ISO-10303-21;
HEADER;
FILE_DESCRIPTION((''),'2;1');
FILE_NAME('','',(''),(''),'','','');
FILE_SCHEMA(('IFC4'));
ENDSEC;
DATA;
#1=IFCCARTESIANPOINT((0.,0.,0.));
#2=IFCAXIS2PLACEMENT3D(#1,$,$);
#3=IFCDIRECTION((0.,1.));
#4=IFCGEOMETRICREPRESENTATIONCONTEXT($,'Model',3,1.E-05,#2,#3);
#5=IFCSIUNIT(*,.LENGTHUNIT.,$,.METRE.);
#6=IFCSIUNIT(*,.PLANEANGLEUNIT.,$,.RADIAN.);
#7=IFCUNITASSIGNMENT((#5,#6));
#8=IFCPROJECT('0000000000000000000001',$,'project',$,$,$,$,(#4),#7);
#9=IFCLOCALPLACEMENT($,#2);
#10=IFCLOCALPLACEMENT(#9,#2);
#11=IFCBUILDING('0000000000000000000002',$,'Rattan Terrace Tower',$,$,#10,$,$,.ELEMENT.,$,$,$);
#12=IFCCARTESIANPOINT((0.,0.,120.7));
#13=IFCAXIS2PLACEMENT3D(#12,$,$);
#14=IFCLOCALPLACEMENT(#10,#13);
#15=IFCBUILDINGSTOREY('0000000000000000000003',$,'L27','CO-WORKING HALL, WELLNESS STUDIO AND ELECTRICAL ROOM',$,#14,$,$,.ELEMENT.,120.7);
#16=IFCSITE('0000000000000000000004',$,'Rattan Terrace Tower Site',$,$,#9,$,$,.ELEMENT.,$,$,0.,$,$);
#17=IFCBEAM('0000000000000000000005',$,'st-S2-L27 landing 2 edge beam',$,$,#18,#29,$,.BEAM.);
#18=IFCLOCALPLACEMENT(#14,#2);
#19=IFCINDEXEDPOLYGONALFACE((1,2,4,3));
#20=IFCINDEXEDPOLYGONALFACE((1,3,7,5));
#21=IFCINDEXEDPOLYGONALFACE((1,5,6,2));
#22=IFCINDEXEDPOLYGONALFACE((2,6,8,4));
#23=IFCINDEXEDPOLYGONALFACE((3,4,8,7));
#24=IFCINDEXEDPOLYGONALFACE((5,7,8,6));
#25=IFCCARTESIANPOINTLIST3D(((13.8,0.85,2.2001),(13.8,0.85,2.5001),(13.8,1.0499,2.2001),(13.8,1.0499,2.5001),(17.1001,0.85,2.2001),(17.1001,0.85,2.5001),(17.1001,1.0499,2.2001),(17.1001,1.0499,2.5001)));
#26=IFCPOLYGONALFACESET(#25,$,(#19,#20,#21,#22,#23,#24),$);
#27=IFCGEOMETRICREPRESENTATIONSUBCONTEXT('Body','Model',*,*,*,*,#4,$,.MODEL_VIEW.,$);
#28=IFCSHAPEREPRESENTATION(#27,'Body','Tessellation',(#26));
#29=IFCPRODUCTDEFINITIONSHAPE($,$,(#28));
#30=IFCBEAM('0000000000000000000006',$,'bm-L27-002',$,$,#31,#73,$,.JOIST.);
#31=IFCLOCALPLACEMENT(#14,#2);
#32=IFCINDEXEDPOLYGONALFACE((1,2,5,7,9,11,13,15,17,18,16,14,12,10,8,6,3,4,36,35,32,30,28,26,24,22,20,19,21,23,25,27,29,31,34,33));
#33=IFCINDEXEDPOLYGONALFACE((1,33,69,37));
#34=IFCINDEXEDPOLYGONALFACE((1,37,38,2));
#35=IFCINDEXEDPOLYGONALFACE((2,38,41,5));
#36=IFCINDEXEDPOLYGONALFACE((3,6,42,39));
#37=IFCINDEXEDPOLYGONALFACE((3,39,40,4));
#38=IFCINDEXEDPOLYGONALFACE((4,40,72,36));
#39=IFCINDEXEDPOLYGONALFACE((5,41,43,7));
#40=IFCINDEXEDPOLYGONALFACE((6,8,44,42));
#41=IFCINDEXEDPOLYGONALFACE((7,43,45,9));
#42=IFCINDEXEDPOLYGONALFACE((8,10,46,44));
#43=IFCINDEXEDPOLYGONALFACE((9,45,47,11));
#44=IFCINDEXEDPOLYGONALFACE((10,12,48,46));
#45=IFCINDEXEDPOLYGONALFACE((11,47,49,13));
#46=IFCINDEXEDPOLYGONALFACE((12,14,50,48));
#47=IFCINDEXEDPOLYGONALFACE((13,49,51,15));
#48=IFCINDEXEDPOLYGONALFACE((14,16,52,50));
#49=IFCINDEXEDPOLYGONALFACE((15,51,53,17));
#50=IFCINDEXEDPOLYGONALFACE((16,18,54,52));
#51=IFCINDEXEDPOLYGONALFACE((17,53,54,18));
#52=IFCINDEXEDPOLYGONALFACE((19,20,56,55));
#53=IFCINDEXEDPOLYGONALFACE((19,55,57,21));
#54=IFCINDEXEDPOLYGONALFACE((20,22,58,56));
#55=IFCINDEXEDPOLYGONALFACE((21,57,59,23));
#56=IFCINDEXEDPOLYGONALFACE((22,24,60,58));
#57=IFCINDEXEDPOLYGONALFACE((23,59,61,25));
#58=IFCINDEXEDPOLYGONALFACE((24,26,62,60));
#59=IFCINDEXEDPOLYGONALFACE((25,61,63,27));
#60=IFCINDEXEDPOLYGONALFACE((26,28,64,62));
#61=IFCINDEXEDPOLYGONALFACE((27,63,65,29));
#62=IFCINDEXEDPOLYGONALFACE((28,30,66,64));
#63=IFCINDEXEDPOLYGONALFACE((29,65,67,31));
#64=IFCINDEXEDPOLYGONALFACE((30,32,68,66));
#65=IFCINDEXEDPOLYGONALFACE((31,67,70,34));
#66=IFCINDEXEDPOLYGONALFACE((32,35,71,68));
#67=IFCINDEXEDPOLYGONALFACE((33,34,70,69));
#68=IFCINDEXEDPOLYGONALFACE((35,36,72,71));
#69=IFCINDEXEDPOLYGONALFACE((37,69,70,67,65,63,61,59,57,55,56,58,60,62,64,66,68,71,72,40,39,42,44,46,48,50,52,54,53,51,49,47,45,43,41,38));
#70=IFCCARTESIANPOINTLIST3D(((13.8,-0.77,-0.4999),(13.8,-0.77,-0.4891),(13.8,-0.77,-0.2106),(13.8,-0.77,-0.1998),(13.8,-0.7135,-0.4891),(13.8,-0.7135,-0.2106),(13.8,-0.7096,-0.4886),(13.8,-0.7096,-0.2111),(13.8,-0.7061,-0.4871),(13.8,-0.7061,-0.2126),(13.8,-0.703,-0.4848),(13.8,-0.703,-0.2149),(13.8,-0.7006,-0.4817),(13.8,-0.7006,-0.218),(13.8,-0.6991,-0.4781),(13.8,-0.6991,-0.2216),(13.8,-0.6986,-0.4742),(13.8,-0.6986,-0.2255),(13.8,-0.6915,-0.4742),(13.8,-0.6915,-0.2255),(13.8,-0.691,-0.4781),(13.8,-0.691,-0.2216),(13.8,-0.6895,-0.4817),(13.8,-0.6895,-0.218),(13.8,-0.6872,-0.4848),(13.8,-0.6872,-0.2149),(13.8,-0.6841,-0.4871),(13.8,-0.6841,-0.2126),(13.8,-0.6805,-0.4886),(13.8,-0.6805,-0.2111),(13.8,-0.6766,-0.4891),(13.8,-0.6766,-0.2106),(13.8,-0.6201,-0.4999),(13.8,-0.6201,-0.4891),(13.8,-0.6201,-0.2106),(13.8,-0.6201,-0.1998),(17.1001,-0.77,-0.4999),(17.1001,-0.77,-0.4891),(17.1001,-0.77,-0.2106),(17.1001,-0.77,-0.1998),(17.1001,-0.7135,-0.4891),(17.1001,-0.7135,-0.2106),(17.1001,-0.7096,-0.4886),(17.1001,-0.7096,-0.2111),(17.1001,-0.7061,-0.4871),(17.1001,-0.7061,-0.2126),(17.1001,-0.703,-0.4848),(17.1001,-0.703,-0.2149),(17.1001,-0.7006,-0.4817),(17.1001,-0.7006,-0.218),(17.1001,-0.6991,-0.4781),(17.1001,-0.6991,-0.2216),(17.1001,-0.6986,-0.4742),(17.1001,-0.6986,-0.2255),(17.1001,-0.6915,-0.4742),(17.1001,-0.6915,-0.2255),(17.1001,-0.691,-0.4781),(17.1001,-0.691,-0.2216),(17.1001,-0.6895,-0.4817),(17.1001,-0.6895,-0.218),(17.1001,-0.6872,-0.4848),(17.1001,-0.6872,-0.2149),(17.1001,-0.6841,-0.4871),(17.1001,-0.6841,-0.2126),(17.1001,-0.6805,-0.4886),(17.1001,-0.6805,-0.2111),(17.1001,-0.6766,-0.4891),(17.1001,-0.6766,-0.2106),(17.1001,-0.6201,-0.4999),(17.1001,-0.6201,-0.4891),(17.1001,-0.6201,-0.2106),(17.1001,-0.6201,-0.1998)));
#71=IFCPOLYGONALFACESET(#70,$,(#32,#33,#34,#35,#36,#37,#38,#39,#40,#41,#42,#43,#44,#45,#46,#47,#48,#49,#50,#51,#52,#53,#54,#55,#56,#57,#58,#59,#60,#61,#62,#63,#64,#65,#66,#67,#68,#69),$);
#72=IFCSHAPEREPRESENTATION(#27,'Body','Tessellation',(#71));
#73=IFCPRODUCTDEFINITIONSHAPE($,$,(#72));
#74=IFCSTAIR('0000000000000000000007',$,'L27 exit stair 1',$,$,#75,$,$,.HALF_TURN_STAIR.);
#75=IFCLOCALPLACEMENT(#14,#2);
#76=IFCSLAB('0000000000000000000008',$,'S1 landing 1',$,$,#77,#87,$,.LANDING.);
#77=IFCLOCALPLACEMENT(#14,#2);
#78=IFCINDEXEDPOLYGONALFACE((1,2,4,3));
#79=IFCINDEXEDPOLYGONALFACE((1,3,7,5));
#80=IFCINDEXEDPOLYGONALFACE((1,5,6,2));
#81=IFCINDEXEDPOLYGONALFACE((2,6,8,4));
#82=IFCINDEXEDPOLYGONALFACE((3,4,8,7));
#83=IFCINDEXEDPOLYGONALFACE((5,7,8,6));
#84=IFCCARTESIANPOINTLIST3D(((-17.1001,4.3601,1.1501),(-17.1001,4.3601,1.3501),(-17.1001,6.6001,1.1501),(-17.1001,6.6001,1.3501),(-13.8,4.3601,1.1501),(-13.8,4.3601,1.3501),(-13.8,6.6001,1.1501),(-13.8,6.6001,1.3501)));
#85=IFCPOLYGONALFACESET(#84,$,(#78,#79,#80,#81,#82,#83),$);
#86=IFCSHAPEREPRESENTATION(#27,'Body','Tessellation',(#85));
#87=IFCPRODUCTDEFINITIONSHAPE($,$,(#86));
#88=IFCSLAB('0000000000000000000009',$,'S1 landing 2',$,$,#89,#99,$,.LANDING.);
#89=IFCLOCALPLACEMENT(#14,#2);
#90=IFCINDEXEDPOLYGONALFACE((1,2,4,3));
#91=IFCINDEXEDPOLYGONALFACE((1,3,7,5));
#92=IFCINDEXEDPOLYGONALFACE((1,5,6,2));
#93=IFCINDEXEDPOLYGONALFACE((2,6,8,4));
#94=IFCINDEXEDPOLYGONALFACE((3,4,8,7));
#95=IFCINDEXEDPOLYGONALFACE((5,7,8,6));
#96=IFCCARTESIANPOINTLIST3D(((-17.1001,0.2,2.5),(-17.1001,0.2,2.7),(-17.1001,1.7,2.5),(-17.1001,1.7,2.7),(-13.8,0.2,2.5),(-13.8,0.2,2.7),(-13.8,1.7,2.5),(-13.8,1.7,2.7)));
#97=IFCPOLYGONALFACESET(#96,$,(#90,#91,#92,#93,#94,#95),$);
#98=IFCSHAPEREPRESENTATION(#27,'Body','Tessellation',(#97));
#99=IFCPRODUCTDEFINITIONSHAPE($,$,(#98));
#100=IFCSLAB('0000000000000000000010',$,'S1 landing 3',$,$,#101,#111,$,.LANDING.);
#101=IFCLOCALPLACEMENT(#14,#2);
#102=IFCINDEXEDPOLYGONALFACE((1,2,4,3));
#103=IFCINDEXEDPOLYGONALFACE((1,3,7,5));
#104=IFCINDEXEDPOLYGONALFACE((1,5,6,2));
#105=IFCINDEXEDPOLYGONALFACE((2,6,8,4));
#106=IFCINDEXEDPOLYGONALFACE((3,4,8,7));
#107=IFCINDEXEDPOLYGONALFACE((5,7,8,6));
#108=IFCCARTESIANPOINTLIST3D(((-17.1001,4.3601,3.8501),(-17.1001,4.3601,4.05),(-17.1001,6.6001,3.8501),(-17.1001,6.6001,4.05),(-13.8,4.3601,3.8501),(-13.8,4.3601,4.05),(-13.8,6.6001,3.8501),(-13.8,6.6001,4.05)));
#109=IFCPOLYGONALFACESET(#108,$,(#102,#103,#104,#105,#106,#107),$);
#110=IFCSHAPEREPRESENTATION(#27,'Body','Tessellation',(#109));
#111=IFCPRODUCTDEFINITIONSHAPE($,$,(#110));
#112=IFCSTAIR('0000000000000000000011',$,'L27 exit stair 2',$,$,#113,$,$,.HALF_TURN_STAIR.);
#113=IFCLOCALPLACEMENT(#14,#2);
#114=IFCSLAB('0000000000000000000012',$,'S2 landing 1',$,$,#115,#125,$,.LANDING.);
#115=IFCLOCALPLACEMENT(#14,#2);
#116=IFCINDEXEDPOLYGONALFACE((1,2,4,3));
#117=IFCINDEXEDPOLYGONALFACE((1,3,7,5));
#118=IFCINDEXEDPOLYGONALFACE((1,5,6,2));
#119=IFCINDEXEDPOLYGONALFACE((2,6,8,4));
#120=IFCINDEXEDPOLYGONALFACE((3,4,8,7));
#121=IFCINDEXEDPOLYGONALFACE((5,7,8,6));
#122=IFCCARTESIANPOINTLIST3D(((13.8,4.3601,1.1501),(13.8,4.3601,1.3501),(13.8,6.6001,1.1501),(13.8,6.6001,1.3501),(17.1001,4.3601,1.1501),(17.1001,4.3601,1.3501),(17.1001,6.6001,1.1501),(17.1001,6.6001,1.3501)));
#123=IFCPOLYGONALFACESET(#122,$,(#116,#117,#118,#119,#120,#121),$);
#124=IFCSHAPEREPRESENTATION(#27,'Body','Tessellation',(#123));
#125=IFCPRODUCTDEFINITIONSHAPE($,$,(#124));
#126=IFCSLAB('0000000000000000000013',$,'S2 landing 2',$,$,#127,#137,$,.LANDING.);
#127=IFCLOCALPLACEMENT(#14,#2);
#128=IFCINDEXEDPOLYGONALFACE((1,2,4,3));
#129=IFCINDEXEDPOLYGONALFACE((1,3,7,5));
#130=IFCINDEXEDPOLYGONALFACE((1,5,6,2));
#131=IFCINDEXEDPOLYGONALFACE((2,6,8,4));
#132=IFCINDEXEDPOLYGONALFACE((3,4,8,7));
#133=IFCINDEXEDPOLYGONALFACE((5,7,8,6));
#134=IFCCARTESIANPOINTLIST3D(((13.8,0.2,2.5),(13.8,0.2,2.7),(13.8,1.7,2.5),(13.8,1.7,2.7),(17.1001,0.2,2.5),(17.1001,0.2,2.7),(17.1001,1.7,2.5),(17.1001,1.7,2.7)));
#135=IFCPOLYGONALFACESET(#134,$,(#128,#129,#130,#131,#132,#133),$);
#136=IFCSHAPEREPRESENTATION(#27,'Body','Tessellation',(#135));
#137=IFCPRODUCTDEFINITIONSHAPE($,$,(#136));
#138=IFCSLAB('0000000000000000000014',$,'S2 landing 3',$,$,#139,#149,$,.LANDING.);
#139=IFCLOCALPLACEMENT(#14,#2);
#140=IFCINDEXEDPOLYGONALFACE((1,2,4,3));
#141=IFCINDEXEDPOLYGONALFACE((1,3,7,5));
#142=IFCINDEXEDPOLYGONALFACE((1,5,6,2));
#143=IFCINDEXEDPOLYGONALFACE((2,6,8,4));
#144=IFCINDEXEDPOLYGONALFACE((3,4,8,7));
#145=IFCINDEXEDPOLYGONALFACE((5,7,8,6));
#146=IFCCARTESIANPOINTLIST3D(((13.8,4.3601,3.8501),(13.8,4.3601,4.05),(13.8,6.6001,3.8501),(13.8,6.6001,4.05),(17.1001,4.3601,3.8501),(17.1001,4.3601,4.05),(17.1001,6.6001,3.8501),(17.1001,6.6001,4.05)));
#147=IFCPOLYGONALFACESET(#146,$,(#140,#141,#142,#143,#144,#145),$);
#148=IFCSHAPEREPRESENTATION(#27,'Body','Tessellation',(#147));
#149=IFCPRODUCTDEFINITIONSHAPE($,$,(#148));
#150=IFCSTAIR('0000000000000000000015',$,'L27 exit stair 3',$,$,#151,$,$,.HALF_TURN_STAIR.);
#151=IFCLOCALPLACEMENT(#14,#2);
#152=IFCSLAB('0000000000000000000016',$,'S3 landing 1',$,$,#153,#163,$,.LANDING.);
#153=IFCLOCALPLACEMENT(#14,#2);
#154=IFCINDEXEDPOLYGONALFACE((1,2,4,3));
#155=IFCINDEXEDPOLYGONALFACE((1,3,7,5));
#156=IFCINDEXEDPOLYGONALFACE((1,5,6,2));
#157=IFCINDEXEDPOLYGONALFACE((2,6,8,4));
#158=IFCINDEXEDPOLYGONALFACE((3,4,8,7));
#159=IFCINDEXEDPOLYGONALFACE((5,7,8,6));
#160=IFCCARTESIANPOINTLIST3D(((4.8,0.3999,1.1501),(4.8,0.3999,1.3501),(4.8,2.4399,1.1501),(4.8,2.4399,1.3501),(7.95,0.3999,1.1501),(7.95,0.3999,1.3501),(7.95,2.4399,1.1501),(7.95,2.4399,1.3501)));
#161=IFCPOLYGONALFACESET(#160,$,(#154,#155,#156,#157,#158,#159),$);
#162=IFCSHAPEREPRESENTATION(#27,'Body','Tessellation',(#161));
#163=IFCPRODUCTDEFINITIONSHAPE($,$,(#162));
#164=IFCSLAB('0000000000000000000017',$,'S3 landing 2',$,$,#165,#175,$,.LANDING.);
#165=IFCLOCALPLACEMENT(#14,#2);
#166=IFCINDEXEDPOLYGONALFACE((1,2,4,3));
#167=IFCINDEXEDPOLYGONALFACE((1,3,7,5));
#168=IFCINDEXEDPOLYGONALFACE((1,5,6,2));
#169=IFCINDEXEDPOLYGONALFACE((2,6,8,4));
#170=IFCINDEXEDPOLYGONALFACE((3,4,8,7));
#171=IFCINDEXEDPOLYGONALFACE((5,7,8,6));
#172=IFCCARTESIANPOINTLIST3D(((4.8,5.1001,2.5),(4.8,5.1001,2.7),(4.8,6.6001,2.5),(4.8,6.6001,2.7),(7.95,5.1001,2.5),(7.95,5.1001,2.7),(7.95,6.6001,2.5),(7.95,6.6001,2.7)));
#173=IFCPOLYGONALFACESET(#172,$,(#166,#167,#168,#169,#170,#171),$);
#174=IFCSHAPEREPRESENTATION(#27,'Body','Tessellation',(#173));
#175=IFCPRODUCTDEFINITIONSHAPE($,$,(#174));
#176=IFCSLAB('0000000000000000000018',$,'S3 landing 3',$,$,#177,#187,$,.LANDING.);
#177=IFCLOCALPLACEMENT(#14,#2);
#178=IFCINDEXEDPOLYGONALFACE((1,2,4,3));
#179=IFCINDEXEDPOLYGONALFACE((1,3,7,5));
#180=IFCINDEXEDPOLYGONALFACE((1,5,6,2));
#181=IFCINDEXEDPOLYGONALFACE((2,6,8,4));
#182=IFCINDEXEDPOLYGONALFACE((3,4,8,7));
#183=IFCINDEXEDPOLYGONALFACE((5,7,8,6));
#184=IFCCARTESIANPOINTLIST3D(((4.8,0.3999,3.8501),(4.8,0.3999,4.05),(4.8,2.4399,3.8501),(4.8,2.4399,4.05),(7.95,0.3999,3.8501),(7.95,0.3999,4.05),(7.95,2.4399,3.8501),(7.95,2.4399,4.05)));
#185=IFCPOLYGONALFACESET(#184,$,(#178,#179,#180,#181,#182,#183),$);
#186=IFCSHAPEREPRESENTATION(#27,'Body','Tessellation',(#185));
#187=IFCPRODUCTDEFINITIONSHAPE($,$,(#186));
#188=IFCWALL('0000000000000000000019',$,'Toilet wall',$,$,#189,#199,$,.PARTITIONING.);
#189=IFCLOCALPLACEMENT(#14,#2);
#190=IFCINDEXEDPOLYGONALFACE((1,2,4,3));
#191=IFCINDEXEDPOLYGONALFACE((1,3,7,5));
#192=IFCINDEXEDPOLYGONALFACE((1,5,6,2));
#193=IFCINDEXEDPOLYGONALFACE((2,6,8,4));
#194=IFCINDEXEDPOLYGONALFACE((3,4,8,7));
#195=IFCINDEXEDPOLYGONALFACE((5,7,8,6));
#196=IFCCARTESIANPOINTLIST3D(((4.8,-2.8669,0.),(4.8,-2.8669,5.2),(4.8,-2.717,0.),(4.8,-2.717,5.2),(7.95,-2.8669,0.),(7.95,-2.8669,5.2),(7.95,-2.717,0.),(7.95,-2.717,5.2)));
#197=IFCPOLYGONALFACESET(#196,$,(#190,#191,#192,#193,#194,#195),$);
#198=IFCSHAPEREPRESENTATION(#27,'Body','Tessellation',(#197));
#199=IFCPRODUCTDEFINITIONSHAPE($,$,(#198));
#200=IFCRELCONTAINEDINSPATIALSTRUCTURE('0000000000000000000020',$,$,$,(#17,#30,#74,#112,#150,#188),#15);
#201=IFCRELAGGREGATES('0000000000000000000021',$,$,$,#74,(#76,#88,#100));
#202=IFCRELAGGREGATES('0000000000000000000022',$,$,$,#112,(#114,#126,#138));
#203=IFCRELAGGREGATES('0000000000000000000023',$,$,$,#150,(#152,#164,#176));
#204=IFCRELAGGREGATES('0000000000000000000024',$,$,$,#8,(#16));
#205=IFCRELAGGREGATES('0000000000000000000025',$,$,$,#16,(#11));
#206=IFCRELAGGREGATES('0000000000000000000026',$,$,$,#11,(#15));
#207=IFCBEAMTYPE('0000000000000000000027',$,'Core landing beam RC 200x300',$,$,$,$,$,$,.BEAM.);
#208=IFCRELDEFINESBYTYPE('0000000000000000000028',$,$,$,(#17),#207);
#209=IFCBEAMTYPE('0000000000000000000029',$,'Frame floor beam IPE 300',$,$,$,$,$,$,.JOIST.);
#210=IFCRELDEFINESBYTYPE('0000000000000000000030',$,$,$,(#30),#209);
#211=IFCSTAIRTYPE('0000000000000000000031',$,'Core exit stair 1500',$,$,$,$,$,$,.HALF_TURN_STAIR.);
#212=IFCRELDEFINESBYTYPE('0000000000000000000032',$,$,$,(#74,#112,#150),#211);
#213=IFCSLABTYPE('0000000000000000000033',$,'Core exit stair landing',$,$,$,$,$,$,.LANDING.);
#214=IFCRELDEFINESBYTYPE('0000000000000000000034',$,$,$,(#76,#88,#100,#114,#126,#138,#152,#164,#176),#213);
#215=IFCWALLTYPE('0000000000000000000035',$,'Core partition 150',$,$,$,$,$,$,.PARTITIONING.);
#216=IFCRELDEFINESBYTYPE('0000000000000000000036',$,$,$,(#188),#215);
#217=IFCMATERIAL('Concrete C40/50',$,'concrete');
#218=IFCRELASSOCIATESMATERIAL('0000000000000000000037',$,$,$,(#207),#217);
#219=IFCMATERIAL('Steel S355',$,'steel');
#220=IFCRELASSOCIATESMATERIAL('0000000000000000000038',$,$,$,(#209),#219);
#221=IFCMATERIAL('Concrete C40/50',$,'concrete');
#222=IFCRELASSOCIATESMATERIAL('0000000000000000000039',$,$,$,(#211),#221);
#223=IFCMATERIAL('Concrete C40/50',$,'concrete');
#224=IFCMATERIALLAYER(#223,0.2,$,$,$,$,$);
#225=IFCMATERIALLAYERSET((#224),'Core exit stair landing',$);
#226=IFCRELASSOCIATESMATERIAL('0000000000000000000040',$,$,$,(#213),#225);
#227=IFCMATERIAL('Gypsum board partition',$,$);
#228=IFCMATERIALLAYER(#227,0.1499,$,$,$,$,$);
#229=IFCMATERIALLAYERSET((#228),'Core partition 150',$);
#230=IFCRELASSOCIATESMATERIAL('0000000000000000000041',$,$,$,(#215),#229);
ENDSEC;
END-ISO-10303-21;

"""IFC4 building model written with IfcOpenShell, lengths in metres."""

from ifc_helpers import new_model, si_unit, direction, frame, frame_2d, origin, origin_2d, place, context, subcontext, project, spatial, polyline, rectangle, i_section, outline, extrude, material, layer, layer_set, material_profile, profile_set, type_object, element, aggregate, save


model = new_model("IFC4")

# Units and contexts
model_context = context("Model", 3, precision=1e-05, world=origin(), true_north=direction((0.0, 1.0)))
body_context = subcontext(model_context, "Body", "Model", "MODEL_VIEW")
ifc_project = project(units=[si_unit("LENGTHUNIT", "METRE"), si_unit("PLANEANGLEUNIT", "RADIAN")], contexts=[model_context])

# Site, building, storey
site_placement = place(None, origin())
site = spatial("IfcSite", under=ifc_project, at=site_placement, Name="Rattan Terrace Tower Site", CompositionType="ELEMENT", RefElevation=0.0)
building_placement = place(site_placement, origin())
building = spatial("IfcBuilding", under=site, at=building_placement, Name="Rattan Terrace Tower", CompositionType="ELEMENT")
storey_placement = place(building_placement, frame((0.0, 0.0, 120.7)))
storey = spatial("IfcBuildingStorey", under=building, at=storey_placement, Name="L27", Description="CO-WORKING HALL, WELLNESS STUDIO AND ELECTRICAL ROOM", CompositionType="ELEMENT", Elevation=120.7)

# Beams
ifc_material_1 = material(Name="Concrete C40/50", Category="concrete")
ifc_material_profile_1 = material_profile(ifc_material_1, rectangle(XDim=0.2, YDim=0.3, at=origin_2d()), Name="RC 200x300")
ifc_profile_set_1 = profile_set([ifc_material_profile_1], Name="Concrete C40/50")
beam_type_1 = type_object("IfcBeamType", Name="Core landing beam RC 200x300", PredefinedType="BEAM", material=ifc_profile_set_1)
beam_1_placement = place(storey_placement, frame((13.8, 0.95, 2.3501), z_axis=(1.0, 0.0, 0.0), x_axis=(0.0, 1.0, 0.0)))
element("IfcBeam", 1, at=beam_1_placement, inside=storey, type_object=beam_type_1, Name="st-S2-L27 landing 2 edge beam", PredefinedType="BEAM", context=body_context, shape_type="SweptSolid", body=[
    extrude(rectangle(XDim=0.2, YDim=0.3, at=origin_2d()), origin(), (0.0, 0.0, 1.0), 3.3),
])
ifc_material_2 = material(Name="Steel S355", Category="steel")
ifc_material_profile_2 = material_profile(ifc_material_2, i_section(OverallWidth=0.1499, OverallDepth=0.3, WebThickness=0.0071, FlangeThickness=0.0107, FilletRadius=0.0149, at=origin_2d()), Name="IPE 300")
ifc_profile_set_2 = profile_set([ifc_material_profile_2], Name="Steel S355")
beam_type_2 = type_object("IfcBeamType", Name="Frame floor beam IPE 300", PredefinedType="JOIST", material=ifc_profile_set_2)
beam_2_placement = place(storey_placement, frame((13.8, -0.6951, -0.3499), z_axis=(1.0, 0.0, 0.0), x_axis=(0.0, 1.0, 0.0)))
element("IfcBeam", 2, at=beam_2_placement, inside=storey, type_object=beam_type_2, Name="bm-L27-002", PredefinedType="JOIST", context=body_context, shape_type="SweptSolid", body=[
    extrude(i_section(OverallWidth=0.1499, OverallDepth=0.3, WebThickness=0.0071, FlangeThickness=0.0107, FilletRadius=0.0149, at=origin_2d()), origin(), (0.0, 0.0, 1.0), 3.3),
])

# Stairs, slabs
ifc_material_3 = material(Name="Concrete C40/50", Category="concrete")
stair_type = type_object("IfcStairType", Name="Core exit stair 1500", PredefinedType="HALF_TURN_STAIR", material=ifc_material_3)
stair_1_placement = place(storey_placement, origin())
stair_1 = element("IfcStair", 3, at=stair_1_placement, inside=storey, type_object=stair_type, Name="L27 exit stair 1", PredefinedType="HALF_TURN_STAIR")
ifc_material_4 = material(Name="Concrete C40/50", Category="concrete")
ifc_layer_1 = layer(ifc_material_4, 0.2)
ifc_layer_set_1 = layer_set([ifc_layer_1], Name="Core exit stair landing")
slab_type = type_object("IfcSlabType", Name="Core exit stair landing", PredefinedType="LANDING", material=ifc_layer_set_1)
slab_1_placement = place(storey_placement, frame((0.0, 0.0, 1.1501)))
slab_1 = element("IfcSlab", 4, at=slab_1_placement, type_object=slab_type, Name="S1 landing 1", PredefinedType="LANDING", context=body_context, shape_type="SweptSolid", body=[
    extrude(outline(polyline([(-13.8, 4.3601), (-13.8, 6.6001), (-17.1001, 6.6001), (-17.1001, 4.3601), (-13.8, 4.3601)])), origin(), (0.0, 0.0, 1.0), 0.2),
])
slab_2_placement = place(storey_placement, frame((0.0, 0.0, 2.5)))
slab_2 = element("IfcSlab", 5, at=slab_2_placement, type_object=slab_type, Name="S1 landing 2", PredefinedType="LANDING", context=body_context, shape_type="SweptSolid", body=[
    extrude(outline(polyline([(-13.8, 0.2), (-13.8, 1.7), (-17.1001, 1.7), (-17.1001, 0.2), (-13.8, 0.2)])), origin(), (0.0, 0.0, 1.0), 0.2),
])
slab_3_placement = place(storey_placement, frame((0.0, 0.0, 3.8501)))
slab_3 = element("IfcSlab", 6, at=slab_3_placement, type_object=slab_type, Name="S1 landing 3", PredefinedType="LANDING", context=body_context, shape_type="SweptSolid", body=[
    extrude(outline(polyline([(-13.8, 4.3601), (-13.8, 6.6001), (-17.1001, 6.6001), (-17.1001, 4.3601), (-13.8, 4.3601)])), origin(), (0.0, 0.0, 1.0), 0.2),
])
aggregate(stair_1, [slab_1, slab_2, slab_3])
stair_2_placement = place(storey_placement, origin())
stair_2 = element("IfcStair", 7, at=stair_2_placement, inside=storey, type_object=stair_type, Name="L27 exit stair 2", PredefinedType="HALF_TURN_STAIR")
slab_4_placement = place(storey_placement, frame((0.0, 0.0, 1.1501)))
slab_4 = element("IfcSlab", 8, at=slab_4_placement, type_object=slab_type, Name="S2 landing 1", PredefinedType="LANDING", context=body_context, shape_type="SweptSolid", body=[
    extrude(outline(polyline([(17.1001, 4.3601), (17.1001, 6.6001), (13.8, 6.6001), (13.8, 4.3601), (17.1001, 4.3601)])), origin(), (0.0, 0.0, 1.0), 0.2),
])
slab_5_placement = place(storey_placement, frame((0.0, 0.0, 2.5)))
slab_5 = element("IfcSlab", 9, at=slab_5_placement, type_object=slab_type, Name="S2 landing 2", PredefinedType="LANDING", context=body_context, shape_type="SweptSolid", body=[
    extrude(outline(polyline([(17.1001, 0.2), (17.1001, 1.7), (13.8, 1.7), (13.8, 0.2), (17.1001, 0.2)])), origin(), (0.0, 0.0, 1.0), 0.2),
])
slab_6_placement = place(storey_placement, frame((0.0, 0.0, 3.8501)))
slab_6 = element("IfcSlab", 10, at=slab_6_placement, type_object=slab_type, Name="S2 landing 3", PredefinedType="LANDING", context=body_context, shape_type="SweptSolid", body=[
    extrude(outline(polyline([(17.1001, 4.3601), (17.1001, 6.6001), (13.8, 6.6001), (13.8, 4.3601), (17.1001, 4.3601)])), origin(), (0.0, 0.0, 1.0), 0.2),
])
aggregate(stair_2, [slab_4, slab_5, slab_6])
stair_3_placement = place(storey_placement, origin())
stair_3 = element("IfcStair", 11, at=stair_3_placement, inside=storey, type_object=stair_type, Name="L27 exit stair 3", PredefinedType="HALF_TURN_STAIR")
slab_7_placement = place(storey_placement, frame((0.0, 0.0, 1.1501)))
slab_7 = element("IfcSlab", 12, at=slab_7_placement, type_object=slab_type, Name="S3 landing 1", PredefinedType="LANDING", context=body_context, shape_type="SweptSolid", body=[
    extrude(outline(polyline([(4.8, 2.4399), (4.8, 0.3999), (7.95, 0.3999), (7.95, 2.4399), (4.8, 2.4399)])), origin(), (0.0, 0.0, 1.0), 0.2),
])
slab_8_placement = place(storey_placement, frame((0.0, 0.0, 2.5)))
slab_8 = element("IfcSlab", 13, at=slab_8_placement, type_object=slab_type, Name="S3 landing 2", PredefinedType="LANDING", context=body_context, shape_type="SweptSolid", body=[
    extrude(outline(polyline([(4.8, 6.6001), (4.8, 5.1001), (7.95, 5.1001), (7.95, 6.6001), (4.8, 6.6001)])), origin(), (0.0, 0.0, 1.0), 0.2),
])
slab_9_placement = place(storey_placement, frame((0.0, 0.0, 3.8501)))
slab_9 = element("IfcSlab", 14, at=slab_9_placement, type_object=slab_type, Name="S3 landing 3", PredefinedType="LANDING", context=body_context, shape_type="SweptSolid", body=[
    extrude(outline(polyline([(4.8, 2.4399), (4.8, 0.3999), (7.95, 0.3999), (7.95, 2.4399), (4.8, 2.4399)])), origin(), (0.0, 0.0, 1.0), 0.2),
])
aggregate(stair_3, [slab_7, slab_8, slab_9])

# Wall
ifc_material_5 = material(Name="Gypsum board partition")
ifc_layer_2 = layer(ifc_material_5, 0.1499)
ifc_layer_set_2 = layer_set([ifc_layer_2], Name="Core partition 150")
wall_type_1 = type_object("IfcWallType", Name="Core partition 150", PredefinedType="PARTITIONING", material=ifc_layer_set_2)
wall_1_placement = place(storey_placement, frame((4.8, -2.792, 0.0), z_axis=(0.0, 0.0, 1.0), x_axis=(1.0, 0.0, 0.0)))
element("IfcWall", 15, at=wall_1_placement, inside=storey, type_object=wall_type_1, Name="Toilet wall", PredefinedType="PARTITIONING", context=body_context, shape_type="SweptSolid", body=[
    extrude(rectangle(XDim=3.1499, YDim=0.1499, at=frame_2d((1.575, 0.0))), origin(), (0.0, 0.0, 1.0), 5.2),
])

save(model, "model.ifc")
